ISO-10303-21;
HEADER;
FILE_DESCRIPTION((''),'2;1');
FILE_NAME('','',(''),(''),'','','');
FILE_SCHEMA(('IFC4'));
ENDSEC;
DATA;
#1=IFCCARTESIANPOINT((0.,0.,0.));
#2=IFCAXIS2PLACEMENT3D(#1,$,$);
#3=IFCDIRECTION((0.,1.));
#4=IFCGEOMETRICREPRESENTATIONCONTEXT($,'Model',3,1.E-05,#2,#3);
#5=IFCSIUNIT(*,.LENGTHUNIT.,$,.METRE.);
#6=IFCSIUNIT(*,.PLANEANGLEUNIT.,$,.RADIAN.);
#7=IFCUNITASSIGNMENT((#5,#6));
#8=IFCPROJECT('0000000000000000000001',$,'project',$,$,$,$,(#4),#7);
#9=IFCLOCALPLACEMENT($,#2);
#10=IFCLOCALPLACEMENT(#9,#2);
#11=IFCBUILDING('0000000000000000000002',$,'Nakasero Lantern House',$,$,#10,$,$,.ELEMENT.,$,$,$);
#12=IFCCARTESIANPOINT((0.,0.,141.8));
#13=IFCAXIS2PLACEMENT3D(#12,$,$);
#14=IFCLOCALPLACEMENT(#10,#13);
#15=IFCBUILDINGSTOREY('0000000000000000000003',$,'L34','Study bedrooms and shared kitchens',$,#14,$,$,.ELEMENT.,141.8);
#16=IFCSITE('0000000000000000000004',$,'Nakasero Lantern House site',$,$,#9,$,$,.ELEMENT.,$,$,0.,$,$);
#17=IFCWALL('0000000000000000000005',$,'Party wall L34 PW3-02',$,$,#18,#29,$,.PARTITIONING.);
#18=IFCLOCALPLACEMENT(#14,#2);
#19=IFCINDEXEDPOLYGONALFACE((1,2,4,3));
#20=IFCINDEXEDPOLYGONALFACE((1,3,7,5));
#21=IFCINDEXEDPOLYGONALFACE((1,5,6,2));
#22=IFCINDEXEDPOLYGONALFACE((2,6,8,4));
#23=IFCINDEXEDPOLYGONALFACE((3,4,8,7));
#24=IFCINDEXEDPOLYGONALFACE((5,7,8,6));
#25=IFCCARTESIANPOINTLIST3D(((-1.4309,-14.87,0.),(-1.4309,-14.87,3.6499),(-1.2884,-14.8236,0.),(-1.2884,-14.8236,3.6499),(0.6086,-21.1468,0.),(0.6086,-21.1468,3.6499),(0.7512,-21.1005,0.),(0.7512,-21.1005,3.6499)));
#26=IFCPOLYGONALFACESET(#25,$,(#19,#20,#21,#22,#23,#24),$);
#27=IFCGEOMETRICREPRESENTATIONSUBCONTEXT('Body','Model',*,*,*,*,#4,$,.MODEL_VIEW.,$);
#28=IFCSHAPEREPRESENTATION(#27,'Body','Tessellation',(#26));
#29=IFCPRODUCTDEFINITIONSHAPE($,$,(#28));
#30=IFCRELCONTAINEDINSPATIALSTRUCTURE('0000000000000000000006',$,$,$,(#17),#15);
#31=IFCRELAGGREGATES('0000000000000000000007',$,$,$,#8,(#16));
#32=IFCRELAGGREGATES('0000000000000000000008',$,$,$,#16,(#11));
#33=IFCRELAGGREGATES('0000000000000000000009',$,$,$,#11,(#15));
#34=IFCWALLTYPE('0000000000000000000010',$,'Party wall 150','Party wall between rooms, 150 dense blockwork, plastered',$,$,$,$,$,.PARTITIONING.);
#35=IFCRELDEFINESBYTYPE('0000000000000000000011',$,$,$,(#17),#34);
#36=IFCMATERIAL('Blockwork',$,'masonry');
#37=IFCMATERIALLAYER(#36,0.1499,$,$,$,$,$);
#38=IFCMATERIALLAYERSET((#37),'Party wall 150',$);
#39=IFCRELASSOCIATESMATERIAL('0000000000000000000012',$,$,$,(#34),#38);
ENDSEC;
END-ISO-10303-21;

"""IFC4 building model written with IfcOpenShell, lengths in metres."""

from ifc_helpers import new_model, si_unit, direction, frame, frame_2d, origin, place, context, subcontext, project, spatial, rectangle, extrude, material, layer, layer_set, type_object, element, save


model = new_model("IFC4")

# Units and contexts
model_context = context("Model", 3, precision=1e-05, world=origin(), true_north=direction((0.0, 1.0)))
body_context = subcontext(model_context, "Body", "Model", "MODEL_VIEW")
ifc_project = project(units=[si_unit("LENGTHUNIT", "METRE"), si_unit("PLANEANGLEUNIT", "RADIAN")], contexts=[model_context])

# Site, building, storey
site_placement = place(None, origin())
site = spatial("IfcSite", under=ifc_project, at=site_placement, Name="Nakasero Lantern House site", CompositionType="ELEMENT", RefElevation=0.0)
building_placement = place(site_placement, origin())
building = spatial("IfcBuilding", under=site, at=building_placement, Name="Nakasero Lantern House", CompositionType="ELEMENT")
storey_placement = place(building_placement, frame((0.0, 0.0, 141.8)))
storey = spatial("IfcBuildingStorey", under=building, at=storey_placement, Name="L34", Description="Study bedrooms and shared kitchens", CompositionType="ELEMENT", Elevation=141.8)

# Shared definitions
ifc_material_1 = material(Name="Blockwork", Category="masonry")
ifc_layer_1 = layer(ifc_material_1, 0.1499)
ifc_layer_set_1 = layer_set([ifc_layer_1], Name="Party wall 150")
wall_type_1 = type_object("IfcWallType", Name="Party wall 150", Description="Party wall between rooms, 150 dense blockwork, plastered", PredefinedType="PARTITIONING", material=ifc_layer_set_1)

# Wall
wall_1_placement = place(storey_placement, frame((-1.3596, -14.8469, 0.0), z_axis=(0.0, 0.0, 1.0), x_axis=(0.309028, -0.951053, 0.0)))
element("IfcWall", 1, at=wall_1_placement, inside=storey, type_object=wall_type_1, Name="Party wall L34 PW3-02", PredefinedType="PARTITIONING", context=body_context, shape_type="SweptSolid", body=[
    extrude(rectangle(XDim=6.5999, YDim=0.1499, at=frame_2d((3.2998, 0.0))), origin(), (0.0, 0.0, 1.0), 3.6499),
])

save(model, "model.ifc")
